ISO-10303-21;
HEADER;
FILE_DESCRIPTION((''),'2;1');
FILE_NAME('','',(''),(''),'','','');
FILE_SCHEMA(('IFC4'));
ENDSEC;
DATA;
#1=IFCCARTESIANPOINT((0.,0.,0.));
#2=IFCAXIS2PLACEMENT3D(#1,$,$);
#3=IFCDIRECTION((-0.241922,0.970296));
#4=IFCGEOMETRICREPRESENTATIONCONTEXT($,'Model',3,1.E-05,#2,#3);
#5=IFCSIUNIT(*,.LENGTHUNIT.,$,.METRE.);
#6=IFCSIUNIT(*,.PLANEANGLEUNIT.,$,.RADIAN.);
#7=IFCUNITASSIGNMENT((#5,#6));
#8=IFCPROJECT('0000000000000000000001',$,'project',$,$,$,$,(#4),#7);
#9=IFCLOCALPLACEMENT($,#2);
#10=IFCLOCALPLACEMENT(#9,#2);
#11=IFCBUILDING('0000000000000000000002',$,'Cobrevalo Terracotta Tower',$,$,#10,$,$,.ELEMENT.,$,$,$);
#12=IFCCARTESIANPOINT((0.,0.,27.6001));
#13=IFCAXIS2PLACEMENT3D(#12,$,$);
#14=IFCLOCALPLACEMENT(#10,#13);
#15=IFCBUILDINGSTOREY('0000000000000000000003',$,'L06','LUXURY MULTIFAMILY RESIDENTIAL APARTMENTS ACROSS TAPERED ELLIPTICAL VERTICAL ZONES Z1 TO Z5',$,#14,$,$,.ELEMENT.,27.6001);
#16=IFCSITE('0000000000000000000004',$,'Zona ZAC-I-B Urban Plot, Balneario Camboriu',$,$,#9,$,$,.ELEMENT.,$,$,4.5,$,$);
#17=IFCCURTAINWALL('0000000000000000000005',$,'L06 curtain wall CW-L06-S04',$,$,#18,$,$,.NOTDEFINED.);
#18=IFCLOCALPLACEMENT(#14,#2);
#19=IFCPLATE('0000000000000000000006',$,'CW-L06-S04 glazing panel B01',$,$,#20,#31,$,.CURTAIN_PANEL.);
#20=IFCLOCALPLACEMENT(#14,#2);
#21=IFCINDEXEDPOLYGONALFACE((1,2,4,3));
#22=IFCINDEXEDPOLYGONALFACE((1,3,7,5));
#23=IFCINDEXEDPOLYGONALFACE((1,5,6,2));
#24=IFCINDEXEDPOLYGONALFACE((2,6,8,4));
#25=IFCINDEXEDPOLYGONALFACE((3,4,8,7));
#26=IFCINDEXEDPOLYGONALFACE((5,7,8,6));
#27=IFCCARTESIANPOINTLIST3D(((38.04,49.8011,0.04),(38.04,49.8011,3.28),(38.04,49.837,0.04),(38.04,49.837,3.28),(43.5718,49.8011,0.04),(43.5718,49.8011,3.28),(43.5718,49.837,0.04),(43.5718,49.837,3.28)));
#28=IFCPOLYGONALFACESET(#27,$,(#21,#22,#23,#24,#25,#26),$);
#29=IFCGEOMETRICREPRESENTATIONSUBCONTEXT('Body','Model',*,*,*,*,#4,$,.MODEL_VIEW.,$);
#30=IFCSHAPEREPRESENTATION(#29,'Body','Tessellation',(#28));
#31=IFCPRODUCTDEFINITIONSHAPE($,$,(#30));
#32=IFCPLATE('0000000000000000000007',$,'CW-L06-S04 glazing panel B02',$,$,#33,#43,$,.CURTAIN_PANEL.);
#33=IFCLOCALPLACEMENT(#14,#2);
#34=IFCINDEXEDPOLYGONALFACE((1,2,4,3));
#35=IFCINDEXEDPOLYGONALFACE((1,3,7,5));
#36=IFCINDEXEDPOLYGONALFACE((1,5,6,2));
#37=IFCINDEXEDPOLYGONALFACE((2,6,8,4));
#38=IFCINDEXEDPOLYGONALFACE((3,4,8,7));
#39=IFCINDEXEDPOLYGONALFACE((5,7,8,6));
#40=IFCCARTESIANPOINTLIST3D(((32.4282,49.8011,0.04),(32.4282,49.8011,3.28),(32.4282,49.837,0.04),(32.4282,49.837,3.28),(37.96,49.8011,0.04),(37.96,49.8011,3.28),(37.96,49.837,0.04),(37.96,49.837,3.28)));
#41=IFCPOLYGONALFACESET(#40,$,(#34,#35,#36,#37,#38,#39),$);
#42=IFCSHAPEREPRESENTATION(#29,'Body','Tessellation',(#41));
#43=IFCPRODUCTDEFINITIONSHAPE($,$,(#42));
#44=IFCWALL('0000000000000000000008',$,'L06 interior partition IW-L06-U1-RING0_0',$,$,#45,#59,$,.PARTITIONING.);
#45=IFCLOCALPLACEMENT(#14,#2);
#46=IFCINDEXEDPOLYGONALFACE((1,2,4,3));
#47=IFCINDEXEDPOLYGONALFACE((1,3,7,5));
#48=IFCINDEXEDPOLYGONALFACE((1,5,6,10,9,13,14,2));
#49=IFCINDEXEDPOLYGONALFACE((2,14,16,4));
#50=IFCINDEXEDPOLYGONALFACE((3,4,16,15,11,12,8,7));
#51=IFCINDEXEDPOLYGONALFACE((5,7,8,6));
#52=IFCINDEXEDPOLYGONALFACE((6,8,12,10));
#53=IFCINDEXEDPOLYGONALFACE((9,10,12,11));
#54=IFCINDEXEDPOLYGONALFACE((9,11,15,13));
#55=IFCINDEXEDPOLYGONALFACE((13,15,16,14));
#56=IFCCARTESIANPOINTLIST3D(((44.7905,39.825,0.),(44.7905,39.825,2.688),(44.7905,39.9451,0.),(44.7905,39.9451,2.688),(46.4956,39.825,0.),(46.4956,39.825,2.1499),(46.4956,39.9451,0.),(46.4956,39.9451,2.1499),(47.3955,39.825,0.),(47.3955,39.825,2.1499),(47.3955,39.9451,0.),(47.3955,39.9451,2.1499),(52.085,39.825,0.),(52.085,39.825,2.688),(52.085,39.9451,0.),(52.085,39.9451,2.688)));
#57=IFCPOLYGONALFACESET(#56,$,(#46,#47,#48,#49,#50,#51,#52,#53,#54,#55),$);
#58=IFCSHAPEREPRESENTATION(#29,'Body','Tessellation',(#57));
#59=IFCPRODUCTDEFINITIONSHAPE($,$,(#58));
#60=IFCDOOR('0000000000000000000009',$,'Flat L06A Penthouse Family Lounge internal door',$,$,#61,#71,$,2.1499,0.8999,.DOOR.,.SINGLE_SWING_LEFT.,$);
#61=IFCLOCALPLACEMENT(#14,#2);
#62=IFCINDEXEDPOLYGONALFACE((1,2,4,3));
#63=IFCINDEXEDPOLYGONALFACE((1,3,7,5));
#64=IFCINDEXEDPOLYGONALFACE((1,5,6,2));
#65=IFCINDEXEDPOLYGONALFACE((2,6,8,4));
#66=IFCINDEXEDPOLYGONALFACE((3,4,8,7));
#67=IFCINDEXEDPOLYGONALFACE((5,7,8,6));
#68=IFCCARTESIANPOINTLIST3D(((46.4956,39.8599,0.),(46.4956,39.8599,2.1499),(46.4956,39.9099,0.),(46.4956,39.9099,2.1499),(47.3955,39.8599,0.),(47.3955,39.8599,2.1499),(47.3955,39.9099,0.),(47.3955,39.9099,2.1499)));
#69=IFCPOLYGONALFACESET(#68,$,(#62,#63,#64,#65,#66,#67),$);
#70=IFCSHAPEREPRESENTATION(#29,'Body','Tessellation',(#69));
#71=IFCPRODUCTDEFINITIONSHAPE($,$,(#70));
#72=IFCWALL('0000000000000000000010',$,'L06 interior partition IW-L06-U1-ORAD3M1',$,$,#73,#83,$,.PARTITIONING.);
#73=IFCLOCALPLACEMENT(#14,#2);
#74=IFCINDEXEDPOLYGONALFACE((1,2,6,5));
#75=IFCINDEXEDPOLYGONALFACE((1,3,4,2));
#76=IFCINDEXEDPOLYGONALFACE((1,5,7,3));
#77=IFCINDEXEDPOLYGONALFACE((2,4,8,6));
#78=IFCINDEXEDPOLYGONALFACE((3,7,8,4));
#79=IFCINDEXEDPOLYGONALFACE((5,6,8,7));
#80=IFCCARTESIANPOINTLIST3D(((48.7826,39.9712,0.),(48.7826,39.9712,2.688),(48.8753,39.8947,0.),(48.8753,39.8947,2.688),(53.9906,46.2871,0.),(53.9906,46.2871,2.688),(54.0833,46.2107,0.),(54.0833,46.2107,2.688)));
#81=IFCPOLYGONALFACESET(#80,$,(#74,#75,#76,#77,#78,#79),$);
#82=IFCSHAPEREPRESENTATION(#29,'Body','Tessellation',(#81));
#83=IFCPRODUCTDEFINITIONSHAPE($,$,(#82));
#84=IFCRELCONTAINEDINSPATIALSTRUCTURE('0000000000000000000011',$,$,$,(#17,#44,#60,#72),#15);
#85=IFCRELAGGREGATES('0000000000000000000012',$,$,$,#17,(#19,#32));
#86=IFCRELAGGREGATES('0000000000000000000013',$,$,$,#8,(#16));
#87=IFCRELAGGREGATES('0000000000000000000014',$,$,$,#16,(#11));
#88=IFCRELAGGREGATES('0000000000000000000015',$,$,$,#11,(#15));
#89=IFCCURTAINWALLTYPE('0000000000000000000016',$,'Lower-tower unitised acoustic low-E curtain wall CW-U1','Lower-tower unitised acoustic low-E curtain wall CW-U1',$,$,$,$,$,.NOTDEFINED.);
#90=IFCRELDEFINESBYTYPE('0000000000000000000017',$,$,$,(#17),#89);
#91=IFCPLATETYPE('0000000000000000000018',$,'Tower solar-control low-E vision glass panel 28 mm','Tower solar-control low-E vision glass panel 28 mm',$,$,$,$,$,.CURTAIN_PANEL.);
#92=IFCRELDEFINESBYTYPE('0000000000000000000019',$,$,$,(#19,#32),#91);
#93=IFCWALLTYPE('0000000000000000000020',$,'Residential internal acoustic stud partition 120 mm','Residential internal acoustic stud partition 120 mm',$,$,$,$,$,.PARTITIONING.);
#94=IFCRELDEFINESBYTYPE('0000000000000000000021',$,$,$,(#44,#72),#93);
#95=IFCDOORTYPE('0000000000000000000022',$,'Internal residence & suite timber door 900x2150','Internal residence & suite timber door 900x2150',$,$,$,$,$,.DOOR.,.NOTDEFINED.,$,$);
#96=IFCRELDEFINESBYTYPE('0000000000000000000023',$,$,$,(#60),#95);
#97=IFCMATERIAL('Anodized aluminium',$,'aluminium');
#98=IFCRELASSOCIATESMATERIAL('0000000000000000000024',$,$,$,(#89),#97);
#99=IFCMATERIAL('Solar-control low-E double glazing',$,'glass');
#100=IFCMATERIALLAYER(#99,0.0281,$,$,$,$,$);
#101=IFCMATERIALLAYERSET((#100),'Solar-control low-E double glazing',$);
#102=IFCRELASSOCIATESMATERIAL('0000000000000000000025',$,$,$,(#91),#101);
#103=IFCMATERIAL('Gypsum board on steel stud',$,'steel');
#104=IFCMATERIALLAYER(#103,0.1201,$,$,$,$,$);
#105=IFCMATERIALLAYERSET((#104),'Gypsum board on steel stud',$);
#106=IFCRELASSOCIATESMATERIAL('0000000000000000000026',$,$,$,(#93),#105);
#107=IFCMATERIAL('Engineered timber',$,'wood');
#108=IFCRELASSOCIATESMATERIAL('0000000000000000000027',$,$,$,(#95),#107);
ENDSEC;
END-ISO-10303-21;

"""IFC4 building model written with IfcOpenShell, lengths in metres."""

from ifc_helpers import new_model, si_unit, direction, frame, frame_2d, origin, origin_2d, place, context, subcontext, project, spatial, rectangle, extrude, source, transform, mapped, material, layer, layer_set, type_object, element, fill, aggregate, save


model = new_model("IFC4")

# Units and contexts
model_context = context("Model", 3, precision=1e-05, world=origin(), true_north=direction((-0.241922, 0.970296)))
body_context = subcontext(model_context, "Body", "Model", "MODEL_VIEW")
ifc_project = project(units=[si_unit("LENGTHUNIT", "METRE"), si_unit("PLANEANGLEUNIT", "RADIAN")], contexts=[model_context])

# Site, building, storey
site_placement = place(None, origin())
site = spatial("IfcSite", under=ifc_project, at=site_placement, Name="Zona ZAC-I-B Urban Plot, Balneario Camboriu", CompositionType="ELEMENT", RefElevation=4.5)
building_placement = place(site_placement, origin())
building = spatial("IfcBuilding", under=site, at=building_placement, Name="Cobrevalo Terracotta Tower", CompositionType="ELEMENT")
storey_placement = place(building_placement, frame((0.0, 0.0, 27.6001)))
storey = spatial("IfcBuildingStorey", under=building, at=storey_placement, Name="L06", Description="LUXURY MULTIFAMILY RESIDENTIAL APARTMENTS ACROSS TAPERED ELLIPTICAL VERTICAL ZONES Z1 TO Z5", CompositionType="ELEMENT", Elevation=27.6001)

# Curtain wall
ifc_material_1 = material(Name="Anodized aluminium", Category="aluminium")
curtain_wall_type = type_object("IfcCurtainWallType", Name="Lower-tower unitised acoustic low-E curtain wall CW-U1", Description="Lower-tower unitised acoustic low-E curtain wall CW-U1", PredefinedType="NOTDEFINED", material=ifc_material_1)
curtain_wall_1_placement = place(storey_placement, origin())
curtain_wall_1 = element("IfcCurtainWall", 1, at=curtain_wall_1_placement, inside=storey, type_object=curtain_wall_type, Name="L06 curtain wall CW-L06-S04", PredefinedType="NOTDEFINED")

# Plates
ifc_material_2 = material(Name="Solar-control low-E double glazing", Category="glass")
ifc_layer_1 = layer(ifc_material_2, 0.0281)
ifc_layer_set_1 = layer_set([ifc_layer_1], Name="Solar-control low-E double glazing")
plate_type = type_object("IfcPlateType", Name="Tower solar-control low-E vision glass panel 28 mm", Description="Tower solar-control low-E vision glass panel 28 mm", PredefinedType="CURTAIN_PANEL", material=ifc_layer_set_1)
shared_shape_1 = source(origin(), body_context, "Body", "SweptSolid", [
    extrude(rectangle(XDim=5.5317, YDim=0.0359, at=origin_2d()), origin(), (0.0, 0.0, 1.0), 3.24),
])
plate_1_placement = place(storey_placement, frame((40.8059, 49.8191, 0.04), z_axis=(0.0, 0.0, 1.0), x_axis=(-1.0, 0.0, 0.0)))
plate_1 = element("IfcPlate", 2, at=plate_1_placement, type_object=plate_type, Name="CW-L06-S04 glazing panel B01", PredefinedType="CURTAIN_PANEL", context=body_context, shape_type="MappedRepresentation", body=[
    mapped(shared_shape_1, transform((0.0, 0.0, 0.0), scale=1.0)),
])
plate_2_placement = place(storey_placement, frame((35.1941, 49.8191, 0.04), z_axis=(0.0, 0.0, 1.0), x_axis=(-1.0, 0.0, 0.0)))
plate_2 = element("IfcPlate", 3, at=plate_2_placement, type_object=plate_type, Name="CW-L06-S04 glazing panel B02", PredefinedType="CURTAIN_PANEL", context=body_context, shape_type="MappedRepresentation", body=[
    mapped(shared_shape_1, transform((0.0, 0.0, 0.0), scale=1.0)),
])
aggregate(curtain_wall_1, [plate_1, plate_2])

# Wall, opening, door
ifc_material_3 = material(Name="Gypsum board on steel stud", Category="steel")
ifc_layer_2 = layer(ifc_material_3, 0.1201)
ifc_layer_set_2 = layer_set([ifc_layer_2], Name="Gypsum board on steel stud")
wall_type = type_object("IfcWallType", Name="Residential internal acoustic stud partition 120 mm", Description="Residential internal acoustic stud partition 120 mm", PredefinedType="PARTITIONING", material=ifc_layer_set_2)
wall_1_placement = place(storey_placement, frame((44.7905, 39.885, 0.0), z_axis=(0.0, 0.0, 1.0), x_axis=(1.0, 0.0, 0.0)))
wall_1 = element("IfcWall", 4, at=wall_1_placement, inside=storey, type_object=wall_type, Name="L06 interior partition IW-L06-U1-RING0_0", PredefinedType="PARTITIONING", context=body_context, shape_type="SweptSolid", body=[
    extrude(rectangle(XDim=7.2944, YDim=0.1201, at=frame_2d((3.6472, 0.0))), origin(), (0.0, 0.0, 1.0), 2.688),
])
opening_1_placement = place(wall_1_placement, frame((1.7051, 0.0, 0.0)))
opening_1 = element("IfcOpeningElement", 5, at=opening_1_placement, cuts=wall_1, PredefinedType="OPENING", context=body_context, shape_type="SweptSolid", body=[
    extrude(rectangle(XDim=0.8999, YDim=2.1499, at=frame_2d((0.45, 1.075))), frame((0.0, 0.0701, 0.0), z_axis=(0.0, -1.0, 0.0), x_axis=(1.0, 0.0, 0.0)), (0.0, 0.0, 1.0), 0.1401),
])
ifc_material_4 = material(Name="Engineered timber", Category="wood")
door_type_1 = type_object("IfcDoorType", Name="Internal residence & suite timber door 900x2150", Description="Internal residence & suite timber door 900x2150", OperationType="NOTDEFINED", PredefinedType="DOOR", material=ifc_material_4)
shared_shape_2 = source(origin(), body_context, "Body", "SweptSolid", [
    extrude(rectangle(XDim=0.8999, YDim=2.1499, at=frame_2d((0.45, 1.075))), frame((0.0, 0.0249, 0.0), z_axis=(0.0, -1.0, 0.0), x_axis=(1.0, 0.0, 0.0)), (0.0, 0.0, 1.0), 0.05),
])
door_1_placement = place(opening_1_placement, origin())
door_1 = element("IfcDoor", 6, at=door_1_placement, inside=storey, type_object=door_type_1, Name="Flat L06A Penthouse Family Lounge internal door", OperationType="SINGLE_SWING_LEFT", OverallHeight=2.1499, OverallWidth=0.8999, PredefinedType="DOOR", context=body_context, shape_type="MappedRepresentation", body=[
    mapped(shared_shape_2, transform((0.0, 0.0, 0.0), scale=1.0)),
])
fill(opening_1, door_1)

# Wall
wall_2_placement = place(storey_placement, frame((48.8289, 39.9329, 0.0), z_axis=(0.0, 0.0, 1.0), x_axis=(0.636192, 0.771531, 0.0)))
element("IfcWall", 7, at=wall_2_placement, inside=storey, type_object=wall_type, Name="L06 interior partition IW-L06-U1-ORAD3M1", PredefinedType="PARTITIONING", context=body_context, shape_type="SweptSolid", body=[
    extrude(rectangle(XDim=8.1863, YDim=0.1201, at=frame_2d((4.0933, 0.0))), origin(), (0.0, 0.0, 1.0), 2.688),
])

save(model, "model.ifc")
